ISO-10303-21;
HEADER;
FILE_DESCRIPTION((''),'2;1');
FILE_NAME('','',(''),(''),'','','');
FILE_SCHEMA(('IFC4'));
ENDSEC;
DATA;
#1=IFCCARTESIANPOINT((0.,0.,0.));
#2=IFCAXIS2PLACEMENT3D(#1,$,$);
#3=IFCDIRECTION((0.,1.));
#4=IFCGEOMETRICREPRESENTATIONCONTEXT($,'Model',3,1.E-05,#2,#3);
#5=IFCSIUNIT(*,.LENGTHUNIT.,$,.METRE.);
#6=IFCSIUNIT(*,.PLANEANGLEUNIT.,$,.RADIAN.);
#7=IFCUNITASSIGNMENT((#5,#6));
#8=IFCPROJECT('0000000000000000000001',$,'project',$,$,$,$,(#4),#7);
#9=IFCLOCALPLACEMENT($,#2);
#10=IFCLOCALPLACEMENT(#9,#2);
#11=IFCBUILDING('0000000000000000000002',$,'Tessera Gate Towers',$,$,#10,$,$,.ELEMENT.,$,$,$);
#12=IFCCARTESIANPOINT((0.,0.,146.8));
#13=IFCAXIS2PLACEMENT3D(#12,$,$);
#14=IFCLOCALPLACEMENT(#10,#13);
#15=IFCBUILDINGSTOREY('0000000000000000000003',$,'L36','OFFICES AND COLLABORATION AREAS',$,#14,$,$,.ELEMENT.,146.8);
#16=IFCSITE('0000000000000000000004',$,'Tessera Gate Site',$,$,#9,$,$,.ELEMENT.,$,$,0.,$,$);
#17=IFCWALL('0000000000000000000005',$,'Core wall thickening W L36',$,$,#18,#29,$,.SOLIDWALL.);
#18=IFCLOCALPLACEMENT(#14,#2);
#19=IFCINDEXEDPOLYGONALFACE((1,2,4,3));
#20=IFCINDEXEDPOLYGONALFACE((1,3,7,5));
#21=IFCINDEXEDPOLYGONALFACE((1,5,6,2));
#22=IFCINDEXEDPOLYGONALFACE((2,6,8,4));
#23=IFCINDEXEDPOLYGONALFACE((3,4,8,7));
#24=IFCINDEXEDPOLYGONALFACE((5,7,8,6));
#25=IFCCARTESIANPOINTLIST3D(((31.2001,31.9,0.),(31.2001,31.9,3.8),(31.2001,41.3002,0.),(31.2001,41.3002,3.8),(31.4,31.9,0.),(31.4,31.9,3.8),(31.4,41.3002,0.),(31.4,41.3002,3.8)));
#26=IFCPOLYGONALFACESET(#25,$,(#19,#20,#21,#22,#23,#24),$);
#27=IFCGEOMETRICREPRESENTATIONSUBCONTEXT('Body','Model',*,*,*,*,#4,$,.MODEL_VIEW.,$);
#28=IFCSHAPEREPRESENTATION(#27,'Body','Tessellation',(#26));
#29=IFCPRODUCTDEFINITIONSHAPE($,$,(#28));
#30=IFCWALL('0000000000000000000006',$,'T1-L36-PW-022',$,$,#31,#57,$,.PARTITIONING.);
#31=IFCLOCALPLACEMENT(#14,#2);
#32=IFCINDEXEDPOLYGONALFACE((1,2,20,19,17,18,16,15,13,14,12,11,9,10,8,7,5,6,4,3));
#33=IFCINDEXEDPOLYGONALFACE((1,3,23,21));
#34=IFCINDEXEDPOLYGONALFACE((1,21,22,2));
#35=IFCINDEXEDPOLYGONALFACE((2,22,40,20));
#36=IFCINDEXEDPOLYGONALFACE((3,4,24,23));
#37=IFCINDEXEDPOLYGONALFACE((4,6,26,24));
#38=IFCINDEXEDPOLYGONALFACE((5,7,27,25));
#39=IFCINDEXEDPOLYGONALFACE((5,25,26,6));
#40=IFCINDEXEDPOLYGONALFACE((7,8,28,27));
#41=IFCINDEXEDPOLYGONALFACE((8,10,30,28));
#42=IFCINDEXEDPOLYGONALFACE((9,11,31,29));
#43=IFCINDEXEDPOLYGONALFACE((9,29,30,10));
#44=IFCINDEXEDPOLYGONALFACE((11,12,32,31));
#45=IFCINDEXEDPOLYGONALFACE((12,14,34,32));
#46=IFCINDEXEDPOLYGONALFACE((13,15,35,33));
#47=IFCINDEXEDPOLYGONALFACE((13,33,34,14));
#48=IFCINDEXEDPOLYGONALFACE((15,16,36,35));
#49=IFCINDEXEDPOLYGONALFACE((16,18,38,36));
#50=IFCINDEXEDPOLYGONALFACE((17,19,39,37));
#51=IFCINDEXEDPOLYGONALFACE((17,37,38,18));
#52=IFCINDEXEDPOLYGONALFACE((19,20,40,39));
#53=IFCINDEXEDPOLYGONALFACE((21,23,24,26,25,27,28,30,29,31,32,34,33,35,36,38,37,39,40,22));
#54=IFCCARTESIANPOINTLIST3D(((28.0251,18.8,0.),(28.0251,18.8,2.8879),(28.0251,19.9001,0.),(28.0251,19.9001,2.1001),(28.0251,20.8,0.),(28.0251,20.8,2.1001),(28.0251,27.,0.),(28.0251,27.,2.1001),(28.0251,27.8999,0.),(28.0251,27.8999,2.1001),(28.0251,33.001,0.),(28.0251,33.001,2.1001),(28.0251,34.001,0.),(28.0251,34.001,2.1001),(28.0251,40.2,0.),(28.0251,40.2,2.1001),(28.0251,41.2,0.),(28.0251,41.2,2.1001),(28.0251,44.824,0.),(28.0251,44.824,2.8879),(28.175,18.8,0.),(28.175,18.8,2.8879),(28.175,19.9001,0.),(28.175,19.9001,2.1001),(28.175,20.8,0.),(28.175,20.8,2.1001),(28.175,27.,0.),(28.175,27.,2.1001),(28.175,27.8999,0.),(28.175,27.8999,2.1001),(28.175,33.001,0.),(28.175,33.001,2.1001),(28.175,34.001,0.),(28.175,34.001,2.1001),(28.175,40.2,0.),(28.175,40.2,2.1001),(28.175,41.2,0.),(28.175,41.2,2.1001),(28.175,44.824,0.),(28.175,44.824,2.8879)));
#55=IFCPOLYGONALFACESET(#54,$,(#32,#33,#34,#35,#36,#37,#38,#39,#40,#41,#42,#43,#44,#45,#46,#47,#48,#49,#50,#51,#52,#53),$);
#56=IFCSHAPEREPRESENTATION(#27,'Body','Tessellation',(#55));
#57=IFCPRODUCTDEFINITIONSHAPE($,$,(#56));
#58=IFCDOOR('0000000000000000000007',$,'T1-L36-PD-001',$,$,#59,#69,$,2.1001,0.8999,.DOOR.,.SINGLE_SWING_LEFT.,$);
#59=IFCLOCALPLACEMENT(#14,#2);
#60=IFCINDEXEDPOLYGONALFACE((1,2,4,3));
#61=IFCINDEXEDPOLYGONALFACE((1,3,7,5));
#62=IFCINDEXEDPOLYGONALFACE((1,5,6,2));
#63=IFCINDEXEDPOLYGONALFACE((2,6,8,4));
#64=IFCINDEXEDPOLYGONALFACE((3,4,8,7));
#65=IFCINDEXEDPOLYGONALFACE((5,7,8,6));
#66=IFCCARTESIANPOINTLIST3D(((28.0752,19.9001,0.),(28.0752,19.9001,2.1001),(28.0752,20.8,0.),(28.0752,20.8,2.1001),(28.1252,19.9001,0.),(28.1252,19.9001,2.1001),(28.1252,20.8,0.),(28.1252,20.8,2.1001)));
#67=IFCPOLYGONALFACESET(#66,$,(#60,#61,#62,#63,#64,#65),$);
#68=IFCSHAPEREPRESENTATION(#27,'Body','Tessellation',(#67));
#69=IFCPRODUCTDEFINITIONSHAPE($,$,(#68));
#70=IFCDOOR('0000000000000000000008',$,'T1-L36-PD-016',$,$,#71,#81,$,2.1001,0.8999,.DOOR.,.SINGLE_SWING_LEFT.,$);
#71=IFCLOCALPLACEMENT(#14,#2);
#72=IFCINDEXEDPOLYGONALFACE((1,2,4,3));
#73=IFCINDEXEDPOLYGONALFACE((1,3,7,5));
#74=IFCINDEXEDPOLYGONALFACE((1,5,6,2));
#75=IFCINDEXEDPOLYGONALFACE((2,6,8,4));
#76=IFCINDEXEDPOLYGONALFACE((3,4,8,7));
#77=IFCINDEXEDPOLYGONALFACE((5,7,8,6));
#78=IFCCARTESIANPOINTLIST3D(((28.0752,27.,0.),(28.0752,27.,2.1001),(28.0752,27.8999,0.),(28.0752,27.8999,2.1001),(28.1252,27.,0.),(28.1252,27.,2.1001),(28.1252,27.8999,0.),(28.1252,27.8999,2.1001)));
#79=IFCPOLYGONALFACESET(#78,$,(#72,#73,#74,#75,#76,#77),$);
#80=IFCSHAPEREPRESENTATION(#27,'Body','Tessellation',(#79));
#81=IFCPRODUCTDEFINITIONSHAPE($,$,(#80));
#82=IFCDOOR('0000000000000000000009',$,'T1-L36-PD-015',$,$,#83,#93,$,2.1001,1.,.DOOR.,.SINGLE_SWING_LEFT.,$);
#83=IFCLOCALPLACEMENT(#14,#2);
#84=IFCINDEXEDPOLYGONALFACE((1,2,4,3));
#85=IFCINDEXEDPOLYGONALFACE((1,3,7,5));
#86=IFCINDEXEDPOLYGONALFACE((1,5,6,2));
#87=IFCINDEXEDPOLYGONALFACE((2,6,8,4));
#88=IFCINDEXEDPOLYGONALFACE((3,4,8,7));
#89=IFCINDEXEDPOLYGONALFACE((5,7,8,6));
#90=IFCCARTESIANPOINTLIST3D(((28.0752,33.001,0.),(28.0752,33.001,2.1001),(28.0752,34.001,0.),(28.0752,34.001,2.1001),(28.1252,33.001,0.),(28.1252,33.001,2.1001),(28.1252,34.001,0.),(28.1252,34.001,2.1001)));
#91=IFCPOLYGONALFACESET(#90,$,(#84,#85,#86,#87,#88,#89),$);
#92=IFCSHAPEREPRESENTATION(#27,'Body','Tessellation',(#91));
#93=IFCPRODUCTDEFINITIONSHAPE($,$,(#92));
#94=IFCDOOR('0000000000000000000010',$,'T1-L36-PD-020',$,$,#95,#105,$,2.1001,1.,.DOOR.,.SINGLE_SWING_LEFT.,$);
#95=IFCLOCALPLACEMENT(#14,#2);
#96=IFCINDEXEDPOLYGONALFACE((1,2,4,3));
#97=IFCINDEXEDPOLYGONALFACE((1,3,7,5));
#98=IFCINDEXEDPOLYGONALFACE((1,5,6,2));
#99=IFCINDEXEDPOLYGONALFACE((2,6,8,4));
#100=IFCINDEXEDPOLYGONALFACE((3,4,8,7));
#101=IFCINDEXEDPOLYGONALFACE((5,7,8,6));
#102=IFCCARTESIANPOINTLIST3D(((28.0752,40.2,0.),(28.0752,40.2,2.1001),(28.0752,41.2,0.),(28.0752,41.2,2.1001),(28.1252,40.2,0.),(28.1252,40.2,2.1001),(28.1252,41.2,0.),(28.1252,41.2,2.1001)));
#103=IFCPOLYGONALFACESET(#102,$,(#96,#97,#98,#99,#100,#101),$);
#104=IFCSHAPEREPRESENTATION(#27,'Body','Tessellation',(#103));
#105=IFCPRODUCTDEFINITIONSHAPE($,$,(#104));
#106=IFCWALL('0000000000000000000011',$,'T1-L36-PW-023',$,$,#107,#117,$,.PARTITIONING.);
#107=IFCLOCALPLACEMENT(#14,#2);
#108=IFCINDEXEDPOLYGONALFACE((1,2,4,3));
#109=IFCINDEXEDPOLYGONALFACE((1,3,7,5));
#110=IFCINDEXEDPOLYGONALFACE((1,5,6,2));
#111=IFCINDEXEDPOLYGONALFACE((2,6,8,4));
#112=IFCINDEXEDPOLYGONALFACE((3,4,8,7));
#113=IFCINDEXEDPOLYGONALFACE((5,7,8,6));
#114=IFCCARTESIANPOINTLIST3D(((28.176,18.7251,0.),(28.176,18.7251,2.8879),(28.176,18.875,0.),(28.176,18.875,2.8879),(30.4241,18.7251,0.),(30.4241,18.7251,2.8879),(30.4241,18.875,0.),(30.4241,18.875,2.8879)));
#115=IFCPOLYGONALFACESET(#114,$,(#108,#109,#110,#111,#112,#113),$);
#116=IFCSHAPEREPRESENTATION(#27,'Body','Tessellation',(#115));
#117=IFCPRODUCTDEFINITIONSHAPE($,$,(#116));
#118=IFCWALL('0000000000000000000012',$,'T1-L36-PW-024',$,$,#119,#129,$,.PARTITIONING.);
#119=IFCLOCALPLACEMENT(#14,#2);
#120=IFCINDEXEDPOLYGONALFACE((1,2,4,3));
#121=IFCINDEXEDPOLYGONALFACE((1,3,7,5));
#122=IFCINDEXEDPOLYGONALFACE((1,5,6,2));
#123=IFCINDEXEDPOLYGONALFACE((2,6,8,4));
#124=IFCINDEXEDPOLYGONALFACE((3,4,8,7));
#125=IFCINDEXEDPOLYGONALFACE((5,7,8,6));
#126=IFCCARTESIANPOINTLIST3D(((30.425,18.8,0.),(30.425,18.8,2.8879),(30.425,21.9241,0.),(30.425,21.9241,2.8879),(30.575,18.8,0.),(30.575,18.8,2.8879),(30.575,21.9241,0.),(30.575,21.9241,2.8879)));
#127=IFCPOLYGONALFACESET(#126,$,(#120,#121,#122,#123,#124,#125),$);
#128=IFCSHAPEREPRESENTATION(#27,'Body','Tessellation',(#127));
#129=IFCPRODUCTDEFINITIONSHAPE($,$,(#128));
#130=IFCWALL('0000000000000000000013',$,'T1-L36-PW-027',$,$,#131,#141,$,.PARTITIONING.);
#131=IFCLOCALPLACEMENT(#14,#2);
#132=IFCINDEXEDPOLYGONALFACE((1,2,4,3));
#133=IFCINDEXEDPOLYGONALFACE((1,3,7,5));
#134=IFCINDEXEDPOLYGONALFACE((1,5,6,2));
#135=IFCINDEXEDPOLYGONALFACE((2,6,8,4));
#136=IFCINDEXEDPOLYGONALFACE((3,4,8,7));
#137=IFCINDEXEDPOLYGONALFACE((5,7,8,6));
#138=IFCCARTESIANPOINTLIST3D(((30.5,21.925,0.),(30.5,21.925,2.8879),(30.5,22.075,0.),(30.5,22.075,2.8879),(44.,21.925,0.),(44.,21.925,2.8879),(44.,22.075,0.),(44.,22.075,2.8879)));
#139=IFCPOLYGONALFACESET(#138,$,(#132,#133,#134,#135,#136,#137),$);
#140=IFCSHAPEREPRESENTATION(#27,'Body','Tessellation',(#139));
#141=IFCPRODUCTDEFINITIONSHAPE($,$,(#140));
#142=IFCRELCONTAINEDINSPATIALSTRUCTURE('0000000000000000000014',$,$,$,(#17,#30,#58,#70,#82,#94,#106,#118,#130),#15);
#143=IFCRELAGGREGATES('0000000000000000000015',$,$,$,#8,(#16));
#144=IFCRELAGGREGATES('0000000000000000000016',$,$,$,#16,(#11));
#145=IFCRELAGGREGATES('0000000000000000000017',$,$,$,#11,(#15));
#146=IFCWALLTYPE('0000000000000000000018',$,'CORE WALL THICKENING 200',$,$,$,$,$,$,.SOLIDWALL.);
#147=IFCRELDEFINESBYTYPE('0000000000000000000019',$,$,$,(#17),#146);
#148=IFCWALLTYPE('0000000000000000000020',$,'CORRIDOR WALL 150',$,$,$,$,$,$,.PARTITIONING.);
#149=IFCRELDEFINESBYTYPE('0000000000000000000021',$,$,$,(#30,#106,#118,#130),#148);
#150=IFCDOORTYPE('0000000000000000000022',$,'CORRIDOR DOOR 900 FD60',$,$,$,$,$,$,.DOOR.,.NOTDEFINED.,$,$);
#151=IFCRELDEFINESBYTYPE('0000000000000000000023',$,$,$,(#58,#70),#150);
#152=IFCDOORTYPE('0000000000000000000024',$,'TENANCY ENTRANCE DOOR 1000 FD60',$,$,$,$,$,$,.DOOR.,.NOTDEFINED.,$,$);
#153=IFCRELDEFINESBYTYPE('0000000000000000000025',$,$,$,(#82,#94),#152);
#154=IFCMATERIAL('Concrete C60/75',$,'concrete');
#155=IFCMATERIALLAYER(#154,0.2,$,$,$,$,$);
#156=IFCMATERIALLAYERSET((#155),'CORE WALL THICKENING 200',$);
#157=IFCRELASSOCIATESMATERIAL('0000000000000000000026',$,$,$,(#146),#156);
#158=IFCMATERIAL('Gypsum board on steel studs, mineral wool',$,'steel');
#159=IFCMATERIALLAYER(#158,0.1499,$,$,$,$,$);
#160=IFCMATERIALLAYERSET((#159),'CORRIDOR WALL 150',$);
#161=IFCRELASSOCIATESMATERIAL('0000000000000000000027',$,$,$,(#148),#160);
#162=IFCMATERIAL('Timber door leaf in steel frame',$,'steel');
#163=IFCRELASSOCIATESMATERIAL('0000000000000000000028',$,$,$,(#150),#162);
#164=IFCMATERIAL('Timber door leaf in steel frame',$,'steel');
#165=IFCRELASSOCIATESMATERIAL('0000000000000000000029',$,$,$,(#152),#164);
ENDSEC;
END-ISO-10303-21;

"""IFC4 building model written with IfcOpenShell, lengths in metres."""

from ifc_helpers import new_model, si_unit, direction, frame, frame_2d, origin, place, context, subcontext, project, spatial, rectangle, extrude, source, transform, mapped, material, layer, layer_set, type_object, element, fill, save


model = new_model("IFC4")

# Units and contexts
model_context = context("Model", 3, precision=1e-05, world=origin(), true_north=direction((0.0, 1.0)))
body_context = subcontext(model_context, "Body", "Model", "MODEL_VIEW")
ifc_project = project(units=[si_unit("LENGTHUNIT", "METRE"), si_unit("PLANEANGLEUNIT", "RADIAN")], contexts=[model_context])

# Site, building, storey
site_placement = place(None, origin())
site = spatial("IfcSite", under=ifc_project, at=site_placement, Name="Tessera Gate Site", CompositionType="ELEMENT", RefElevation=0.0)
building_placement = place(site_placement, origin())
building = spatial("IfcBuilding", under=site, at=building_placement, Name="Tessera Gate Towers", CompositionType="ELEMENT")
storey_placement = place(building_placement, frame((0.0, 0.0, 146.8)))
storey = spatial("IfcBuildingStorey", under=building, at=storey_placement, Name="L36", Description="OFFICES AND COLLABORATION AREAS", CompositionType="ELEMENT", Elevation=146.8)

# Shared definitions
shared_shape_1 = source(origin(), body_context, "Body", "SweptSolid", [
    extrude(rectangle(XDim=0.8999, YDim=2.1001, at=frame_2d((0.45, 1.05))), frame((0.0, 0.0249, 0.0), z_axis=(0.0, -1.0, 0.0), x_axis=(1.0, 0.0, 0.0)), (0.0, 0.0, 1.0), 0.05),
])

# Wall
ifc_material_1 = material(Name="Concrete C60/75", Category="concrete")
ifc_layer_1 = layer(ifc_material_1, 0.2)
ifc_layer_set_1 = layer_set([ifc_layer_1], Name="CORE WALL THICKENING 200")
wall_type_1 = type_object("IfcWallType", Name="CORE WALL THICKENING 200", PredefinedType="SOLIDWALL", material=ifc_layer_set_1)
wall_1_placement = place(storey_placement, frame((31.3, 31.8999, 0.0), z_axis=(0.0, 0.0, 1.0), x_axis=(0.0, 1.0, 0.0)))
element("IfcWall", 1, at=wall_1_placement, inside=storey, type_object=wall_type_1, Name="Core wall thickening W L36", PredefinedType="SOLIDWALL", context=body_context, shape_type="SweptSolid", body=[
    extrude(rectangle(XDim=9.4001, YDim=0.2, at=frame_2d((4.7002, 0.0))), origin(), (0.0, 0.0, 1.0), 3.8),
])

# Wall, openings, doors
ifc_material_2 = material(Name="Gypsum board on steel studs, mineral wool", Category="steel")
ifc_layer_2 = layer(ifc_material_2, 0.1499)
ifc_layer_set_2 = layer_set([ifc_layer_2], Name="CORRIDOR WALL 150")
wall_type_2 = type_object("IfcWallType", Name="CORRIDOR WALL 150", PredefinedType="PARTITIONING", material=ifc_layer_set_2)
wall_2_placement = place(storey_placement, frame((28.1001, 18.8, 0.0), z_axis=(0.0, 0.0, 1.0), x_axis=(0.0, 1.0, 0.0)))
wall_2 = element("IfcWall", 2, at=wall_2_placement, inside=storey, type_object=wall_type_2, Name="T1-L36-PW-022", PredefinedType="PARTITIONING", context=body_context, shape_type="SweptSolid", body=[
    extrude(rectangle(XDim=26.0239, YDim=0.1499, at=frame_2d((13.012, 0.0))), origin(), (0.0, 0.0, 1.0), 2.8879),
])
shared_shape_2 = source(origin(), body_context, "Body", "SweptSolid", [
    extrude(rectangle(XDim=0.8999, YDim=2.1001, at=frame_2d((0.45, 1.05))), frame((0.0, 0.085, 0.0), z_axis=(0.0, -1.0, 0.0), x_axis=(1.0, 0.0, 0.0)), (0.0, 0.0, 1.0), 0.1699),
])
opening_1_placement = place(wall_2_placement, frame((1.1001, 0.0, 0.0)))
opening_1 = element("IfcOpeningElement", 3, at=opening_1_placement, cuts=wall_2, PredefinedType="OPENING", context=body_context, shape_type="MappedRepresentation", body=[
    mapped(shared_shape_2, transform((0.0, 0.0, 0.0), scale=1.0)),
])
shared_shape_3 = source(origin(), body_context, "Body", "SweptSolid", [
    extrude(rectangle(XDim=1.0, YDim=2.1001, at=frame_2d((0.5, 1.05))), frame((0.0, 0.085, 0.0), z_axis=(0.0, -1.0, 0.0), x_axis=(1.0, 0.0, 0.0)), (0.0, 0.0, 1.0), 0.1699),
])
opening_2_placement = place(wall_2_placement, frame((14.2009, 0.0, 0.0)))
opening_2 = element("IfcOpeningElement", 4, at=opening_2_placement, cuts=wall_2, PredefinedType="OPENING", context=body_context, shape_type="MappedRepresentation", body=[
    mapped(shared_shape_3, transform((0.0, 0.0, 0.0), scale=1.0)),
])
opening_3_placement = place(wall_2_placement, frame((8.2, 0.0, 0.0)))
opening_3 = element("IfcOpeningElement", 5, at=opening_3_placement, cuts=wall_2, PredefinedType="OPENING", context=body_context, shape_type="MappedRepresentation", body=[
    mapped(shared_shape_2, transform((0.0, 0.0, 0.0), scale=1.0)),
])
opening_4_placement = place(wall_2_placement, frame((21.3999, 0.0, 0.0)))
opening_4 = element("IfcOpeningElement", 6, at=opening_4_placement, cuts=wall_2, PredefinedType="OPENING", context=body_context, shape_type="MappedRepresentation", body=[
    mapped(shared_shape_3, transform((0.0, 0.0, 0.0), scale=1.0)),
])
ifc_material_3 = material(Name="Timber door leaf in steel frame", Category="steel")
door_type_1 = type_object("IfcDoorType", Name="CORRIDOR DOOR 900 FD60", OperationType="NOTDEFINED", PredefinedType="DOOR", material=ifc_material_3)
door_1_placement = place(opening_1_placement, origin())
door_1 = element("IfcDoor", 7, at=door_1_placement, inside=storey, type_object=door_type_1, Name="T1-L36-PD-001", OperationType="SINGLE_SWING_LEFT", OverallHeight=2.1001, OverallWidth=0.8999, PredefinedType="DOOR", context=body_context, shape_type="MappedRepresentation", body=[
    mapped(shared_shape_1, transform((0.0, 0.0, 0.0), scale=1.0)),
])
fill(opening_1, door_1)
door_2_placement = place(opening_3_placement, origin())
door_2 = element("IfcDoor", 8, at=door_2_placement, inside=storey, type_object=door_type_1, Name="T1-L36-PD-016", OperationType="SINGLE_SWING_LEFT", OverallHeight=2.1001, OverallWidth=0.8999, PredefinedType="DOOR", context=body_context, shape_type="MappedRepresentation", body=[
    mapped(shared_shape_1, transform((0.0, 0.0, 0.0), scale=1.0)),
])
fill(opening_3, door_2)
ifc_material_4 = material(Name="Timber door leaf in steel frame", Category="steel")
door_type_2 = type_object("IfcDoorType", Name="TENANCY ENTRANCE DOOR 1000 FD60", OperationType="NOTDEFINED", PredefinedType="DOOR", material=ifc_material_4)
shared_shape_4 = source(origin(), body_context, "Body", "SweptSolid", [
    extrude(rectangle(XDim=1.0, YDim=2.1001, at=frame_2d((0.5, 1.05))), frame((0.0, 0.0249, 0.0), z_axis=(0.0, -1.0, 0.0), x_axis=(1.0, 0.0, 0.0)), (0.0, 0.0, 1.0), 0.05),
])
door_3_placement = place(opening_2_placement, origin())
door_3 = element("IfcDoor", 9, at=door_3_placement, inside=storey, type_object=door_type_2, Name="T1-L36-PD-015", OperationType="SINGLE_SWING_LEFT", OverallHeight=2.1001, OverallWidth=1.0, PredefinedType="DOOR", context=body_context, shape_type="MappedRepresentation", body=[
    mapped(shared_shape_4, transform((0.0, 0.0, 0.0), scale=1.0)),
])
fill(opening_2, door_3)
door_4_placement = place(opening_4_placement, origin())
door_4 = element("IfcDoor", 10, at=door_4_placement, inside=storey, type_object=door_type_2, Name="T1-L36-PD-020", OperationType="SINGLE_SWING_LEFT", OverallHeight=2.1001, OverallWidth=1.0, PredefinedType="DOOR", context=body_context, shape_type="MappedRepresentation", body=[
    mapped(shared_shape_4, transform((0.0, 0.0, 0.0), scale=1.0)),
])
fill(opening_4, door_4)

# Walls
wall_3_placement = place(storey_placement, frame((28.176, 18.8, 0.0), z_axis=(0.0, 0.0, 1.0), x_axis=(1.0, 0.0, 0.0)))
element("IfcWall", 11, at=wall_3_placement, inside=storey, type_object=wall_type_2, Name="T1-L36-PW-023", PredefinedType="PARTITIONING", context=body_context, shape_type="SweptSolid", body=[
    extrude(rectangle(XDim=2.248, YDim=0.1499, at=frame_2d((1.124, 0.0))), origin(), (0.0, 0.0, 1.0), 2.8879),
])
wall_4_placement = place(storey_placement, frame((30.5, 18.8, 0.0), z_axis=(0.0, 0.0, 1.0), x_axis=(0.0, 1.0, 0.0)))
element("IfcWall", 12, at=wall_4_placement, inside=storey, type_object=wall_type_2, Name="T1-L36-PW-024", PredefinedType="PARTITIONING", context=body_context, shape_type="SweptSolid", body=[
    extrude(rectangle(XDim=3.124, YDim=0.1499, at=frame_2d((1.562, 0.0))), origin(), (0.0, 0.0, 1.0), 2.8879),
])
wall_5_placement = place(storey_placement, frame((30.5, 22.0, 0.0), z_axis=(0.0, 0.0, 1.0), x_axis=(1.0, 0.0, 0.0)))
element("IfcWall", 13, at=wall_5_placement, inside=storey, type_object=wall_type_2, Name="T1-L36-PW-027", PredefinedType="PARTITIONING", context=body_context, shape_type="SweptSolid", body=[
    extrude(rectangle(XDim=13.5, YDim=0.1499, at=frame_2d((6.75, 0.0))), origin(), (0.0, 0.0, 1.0), 2.8879),
])

save(model, "model.ifc")
